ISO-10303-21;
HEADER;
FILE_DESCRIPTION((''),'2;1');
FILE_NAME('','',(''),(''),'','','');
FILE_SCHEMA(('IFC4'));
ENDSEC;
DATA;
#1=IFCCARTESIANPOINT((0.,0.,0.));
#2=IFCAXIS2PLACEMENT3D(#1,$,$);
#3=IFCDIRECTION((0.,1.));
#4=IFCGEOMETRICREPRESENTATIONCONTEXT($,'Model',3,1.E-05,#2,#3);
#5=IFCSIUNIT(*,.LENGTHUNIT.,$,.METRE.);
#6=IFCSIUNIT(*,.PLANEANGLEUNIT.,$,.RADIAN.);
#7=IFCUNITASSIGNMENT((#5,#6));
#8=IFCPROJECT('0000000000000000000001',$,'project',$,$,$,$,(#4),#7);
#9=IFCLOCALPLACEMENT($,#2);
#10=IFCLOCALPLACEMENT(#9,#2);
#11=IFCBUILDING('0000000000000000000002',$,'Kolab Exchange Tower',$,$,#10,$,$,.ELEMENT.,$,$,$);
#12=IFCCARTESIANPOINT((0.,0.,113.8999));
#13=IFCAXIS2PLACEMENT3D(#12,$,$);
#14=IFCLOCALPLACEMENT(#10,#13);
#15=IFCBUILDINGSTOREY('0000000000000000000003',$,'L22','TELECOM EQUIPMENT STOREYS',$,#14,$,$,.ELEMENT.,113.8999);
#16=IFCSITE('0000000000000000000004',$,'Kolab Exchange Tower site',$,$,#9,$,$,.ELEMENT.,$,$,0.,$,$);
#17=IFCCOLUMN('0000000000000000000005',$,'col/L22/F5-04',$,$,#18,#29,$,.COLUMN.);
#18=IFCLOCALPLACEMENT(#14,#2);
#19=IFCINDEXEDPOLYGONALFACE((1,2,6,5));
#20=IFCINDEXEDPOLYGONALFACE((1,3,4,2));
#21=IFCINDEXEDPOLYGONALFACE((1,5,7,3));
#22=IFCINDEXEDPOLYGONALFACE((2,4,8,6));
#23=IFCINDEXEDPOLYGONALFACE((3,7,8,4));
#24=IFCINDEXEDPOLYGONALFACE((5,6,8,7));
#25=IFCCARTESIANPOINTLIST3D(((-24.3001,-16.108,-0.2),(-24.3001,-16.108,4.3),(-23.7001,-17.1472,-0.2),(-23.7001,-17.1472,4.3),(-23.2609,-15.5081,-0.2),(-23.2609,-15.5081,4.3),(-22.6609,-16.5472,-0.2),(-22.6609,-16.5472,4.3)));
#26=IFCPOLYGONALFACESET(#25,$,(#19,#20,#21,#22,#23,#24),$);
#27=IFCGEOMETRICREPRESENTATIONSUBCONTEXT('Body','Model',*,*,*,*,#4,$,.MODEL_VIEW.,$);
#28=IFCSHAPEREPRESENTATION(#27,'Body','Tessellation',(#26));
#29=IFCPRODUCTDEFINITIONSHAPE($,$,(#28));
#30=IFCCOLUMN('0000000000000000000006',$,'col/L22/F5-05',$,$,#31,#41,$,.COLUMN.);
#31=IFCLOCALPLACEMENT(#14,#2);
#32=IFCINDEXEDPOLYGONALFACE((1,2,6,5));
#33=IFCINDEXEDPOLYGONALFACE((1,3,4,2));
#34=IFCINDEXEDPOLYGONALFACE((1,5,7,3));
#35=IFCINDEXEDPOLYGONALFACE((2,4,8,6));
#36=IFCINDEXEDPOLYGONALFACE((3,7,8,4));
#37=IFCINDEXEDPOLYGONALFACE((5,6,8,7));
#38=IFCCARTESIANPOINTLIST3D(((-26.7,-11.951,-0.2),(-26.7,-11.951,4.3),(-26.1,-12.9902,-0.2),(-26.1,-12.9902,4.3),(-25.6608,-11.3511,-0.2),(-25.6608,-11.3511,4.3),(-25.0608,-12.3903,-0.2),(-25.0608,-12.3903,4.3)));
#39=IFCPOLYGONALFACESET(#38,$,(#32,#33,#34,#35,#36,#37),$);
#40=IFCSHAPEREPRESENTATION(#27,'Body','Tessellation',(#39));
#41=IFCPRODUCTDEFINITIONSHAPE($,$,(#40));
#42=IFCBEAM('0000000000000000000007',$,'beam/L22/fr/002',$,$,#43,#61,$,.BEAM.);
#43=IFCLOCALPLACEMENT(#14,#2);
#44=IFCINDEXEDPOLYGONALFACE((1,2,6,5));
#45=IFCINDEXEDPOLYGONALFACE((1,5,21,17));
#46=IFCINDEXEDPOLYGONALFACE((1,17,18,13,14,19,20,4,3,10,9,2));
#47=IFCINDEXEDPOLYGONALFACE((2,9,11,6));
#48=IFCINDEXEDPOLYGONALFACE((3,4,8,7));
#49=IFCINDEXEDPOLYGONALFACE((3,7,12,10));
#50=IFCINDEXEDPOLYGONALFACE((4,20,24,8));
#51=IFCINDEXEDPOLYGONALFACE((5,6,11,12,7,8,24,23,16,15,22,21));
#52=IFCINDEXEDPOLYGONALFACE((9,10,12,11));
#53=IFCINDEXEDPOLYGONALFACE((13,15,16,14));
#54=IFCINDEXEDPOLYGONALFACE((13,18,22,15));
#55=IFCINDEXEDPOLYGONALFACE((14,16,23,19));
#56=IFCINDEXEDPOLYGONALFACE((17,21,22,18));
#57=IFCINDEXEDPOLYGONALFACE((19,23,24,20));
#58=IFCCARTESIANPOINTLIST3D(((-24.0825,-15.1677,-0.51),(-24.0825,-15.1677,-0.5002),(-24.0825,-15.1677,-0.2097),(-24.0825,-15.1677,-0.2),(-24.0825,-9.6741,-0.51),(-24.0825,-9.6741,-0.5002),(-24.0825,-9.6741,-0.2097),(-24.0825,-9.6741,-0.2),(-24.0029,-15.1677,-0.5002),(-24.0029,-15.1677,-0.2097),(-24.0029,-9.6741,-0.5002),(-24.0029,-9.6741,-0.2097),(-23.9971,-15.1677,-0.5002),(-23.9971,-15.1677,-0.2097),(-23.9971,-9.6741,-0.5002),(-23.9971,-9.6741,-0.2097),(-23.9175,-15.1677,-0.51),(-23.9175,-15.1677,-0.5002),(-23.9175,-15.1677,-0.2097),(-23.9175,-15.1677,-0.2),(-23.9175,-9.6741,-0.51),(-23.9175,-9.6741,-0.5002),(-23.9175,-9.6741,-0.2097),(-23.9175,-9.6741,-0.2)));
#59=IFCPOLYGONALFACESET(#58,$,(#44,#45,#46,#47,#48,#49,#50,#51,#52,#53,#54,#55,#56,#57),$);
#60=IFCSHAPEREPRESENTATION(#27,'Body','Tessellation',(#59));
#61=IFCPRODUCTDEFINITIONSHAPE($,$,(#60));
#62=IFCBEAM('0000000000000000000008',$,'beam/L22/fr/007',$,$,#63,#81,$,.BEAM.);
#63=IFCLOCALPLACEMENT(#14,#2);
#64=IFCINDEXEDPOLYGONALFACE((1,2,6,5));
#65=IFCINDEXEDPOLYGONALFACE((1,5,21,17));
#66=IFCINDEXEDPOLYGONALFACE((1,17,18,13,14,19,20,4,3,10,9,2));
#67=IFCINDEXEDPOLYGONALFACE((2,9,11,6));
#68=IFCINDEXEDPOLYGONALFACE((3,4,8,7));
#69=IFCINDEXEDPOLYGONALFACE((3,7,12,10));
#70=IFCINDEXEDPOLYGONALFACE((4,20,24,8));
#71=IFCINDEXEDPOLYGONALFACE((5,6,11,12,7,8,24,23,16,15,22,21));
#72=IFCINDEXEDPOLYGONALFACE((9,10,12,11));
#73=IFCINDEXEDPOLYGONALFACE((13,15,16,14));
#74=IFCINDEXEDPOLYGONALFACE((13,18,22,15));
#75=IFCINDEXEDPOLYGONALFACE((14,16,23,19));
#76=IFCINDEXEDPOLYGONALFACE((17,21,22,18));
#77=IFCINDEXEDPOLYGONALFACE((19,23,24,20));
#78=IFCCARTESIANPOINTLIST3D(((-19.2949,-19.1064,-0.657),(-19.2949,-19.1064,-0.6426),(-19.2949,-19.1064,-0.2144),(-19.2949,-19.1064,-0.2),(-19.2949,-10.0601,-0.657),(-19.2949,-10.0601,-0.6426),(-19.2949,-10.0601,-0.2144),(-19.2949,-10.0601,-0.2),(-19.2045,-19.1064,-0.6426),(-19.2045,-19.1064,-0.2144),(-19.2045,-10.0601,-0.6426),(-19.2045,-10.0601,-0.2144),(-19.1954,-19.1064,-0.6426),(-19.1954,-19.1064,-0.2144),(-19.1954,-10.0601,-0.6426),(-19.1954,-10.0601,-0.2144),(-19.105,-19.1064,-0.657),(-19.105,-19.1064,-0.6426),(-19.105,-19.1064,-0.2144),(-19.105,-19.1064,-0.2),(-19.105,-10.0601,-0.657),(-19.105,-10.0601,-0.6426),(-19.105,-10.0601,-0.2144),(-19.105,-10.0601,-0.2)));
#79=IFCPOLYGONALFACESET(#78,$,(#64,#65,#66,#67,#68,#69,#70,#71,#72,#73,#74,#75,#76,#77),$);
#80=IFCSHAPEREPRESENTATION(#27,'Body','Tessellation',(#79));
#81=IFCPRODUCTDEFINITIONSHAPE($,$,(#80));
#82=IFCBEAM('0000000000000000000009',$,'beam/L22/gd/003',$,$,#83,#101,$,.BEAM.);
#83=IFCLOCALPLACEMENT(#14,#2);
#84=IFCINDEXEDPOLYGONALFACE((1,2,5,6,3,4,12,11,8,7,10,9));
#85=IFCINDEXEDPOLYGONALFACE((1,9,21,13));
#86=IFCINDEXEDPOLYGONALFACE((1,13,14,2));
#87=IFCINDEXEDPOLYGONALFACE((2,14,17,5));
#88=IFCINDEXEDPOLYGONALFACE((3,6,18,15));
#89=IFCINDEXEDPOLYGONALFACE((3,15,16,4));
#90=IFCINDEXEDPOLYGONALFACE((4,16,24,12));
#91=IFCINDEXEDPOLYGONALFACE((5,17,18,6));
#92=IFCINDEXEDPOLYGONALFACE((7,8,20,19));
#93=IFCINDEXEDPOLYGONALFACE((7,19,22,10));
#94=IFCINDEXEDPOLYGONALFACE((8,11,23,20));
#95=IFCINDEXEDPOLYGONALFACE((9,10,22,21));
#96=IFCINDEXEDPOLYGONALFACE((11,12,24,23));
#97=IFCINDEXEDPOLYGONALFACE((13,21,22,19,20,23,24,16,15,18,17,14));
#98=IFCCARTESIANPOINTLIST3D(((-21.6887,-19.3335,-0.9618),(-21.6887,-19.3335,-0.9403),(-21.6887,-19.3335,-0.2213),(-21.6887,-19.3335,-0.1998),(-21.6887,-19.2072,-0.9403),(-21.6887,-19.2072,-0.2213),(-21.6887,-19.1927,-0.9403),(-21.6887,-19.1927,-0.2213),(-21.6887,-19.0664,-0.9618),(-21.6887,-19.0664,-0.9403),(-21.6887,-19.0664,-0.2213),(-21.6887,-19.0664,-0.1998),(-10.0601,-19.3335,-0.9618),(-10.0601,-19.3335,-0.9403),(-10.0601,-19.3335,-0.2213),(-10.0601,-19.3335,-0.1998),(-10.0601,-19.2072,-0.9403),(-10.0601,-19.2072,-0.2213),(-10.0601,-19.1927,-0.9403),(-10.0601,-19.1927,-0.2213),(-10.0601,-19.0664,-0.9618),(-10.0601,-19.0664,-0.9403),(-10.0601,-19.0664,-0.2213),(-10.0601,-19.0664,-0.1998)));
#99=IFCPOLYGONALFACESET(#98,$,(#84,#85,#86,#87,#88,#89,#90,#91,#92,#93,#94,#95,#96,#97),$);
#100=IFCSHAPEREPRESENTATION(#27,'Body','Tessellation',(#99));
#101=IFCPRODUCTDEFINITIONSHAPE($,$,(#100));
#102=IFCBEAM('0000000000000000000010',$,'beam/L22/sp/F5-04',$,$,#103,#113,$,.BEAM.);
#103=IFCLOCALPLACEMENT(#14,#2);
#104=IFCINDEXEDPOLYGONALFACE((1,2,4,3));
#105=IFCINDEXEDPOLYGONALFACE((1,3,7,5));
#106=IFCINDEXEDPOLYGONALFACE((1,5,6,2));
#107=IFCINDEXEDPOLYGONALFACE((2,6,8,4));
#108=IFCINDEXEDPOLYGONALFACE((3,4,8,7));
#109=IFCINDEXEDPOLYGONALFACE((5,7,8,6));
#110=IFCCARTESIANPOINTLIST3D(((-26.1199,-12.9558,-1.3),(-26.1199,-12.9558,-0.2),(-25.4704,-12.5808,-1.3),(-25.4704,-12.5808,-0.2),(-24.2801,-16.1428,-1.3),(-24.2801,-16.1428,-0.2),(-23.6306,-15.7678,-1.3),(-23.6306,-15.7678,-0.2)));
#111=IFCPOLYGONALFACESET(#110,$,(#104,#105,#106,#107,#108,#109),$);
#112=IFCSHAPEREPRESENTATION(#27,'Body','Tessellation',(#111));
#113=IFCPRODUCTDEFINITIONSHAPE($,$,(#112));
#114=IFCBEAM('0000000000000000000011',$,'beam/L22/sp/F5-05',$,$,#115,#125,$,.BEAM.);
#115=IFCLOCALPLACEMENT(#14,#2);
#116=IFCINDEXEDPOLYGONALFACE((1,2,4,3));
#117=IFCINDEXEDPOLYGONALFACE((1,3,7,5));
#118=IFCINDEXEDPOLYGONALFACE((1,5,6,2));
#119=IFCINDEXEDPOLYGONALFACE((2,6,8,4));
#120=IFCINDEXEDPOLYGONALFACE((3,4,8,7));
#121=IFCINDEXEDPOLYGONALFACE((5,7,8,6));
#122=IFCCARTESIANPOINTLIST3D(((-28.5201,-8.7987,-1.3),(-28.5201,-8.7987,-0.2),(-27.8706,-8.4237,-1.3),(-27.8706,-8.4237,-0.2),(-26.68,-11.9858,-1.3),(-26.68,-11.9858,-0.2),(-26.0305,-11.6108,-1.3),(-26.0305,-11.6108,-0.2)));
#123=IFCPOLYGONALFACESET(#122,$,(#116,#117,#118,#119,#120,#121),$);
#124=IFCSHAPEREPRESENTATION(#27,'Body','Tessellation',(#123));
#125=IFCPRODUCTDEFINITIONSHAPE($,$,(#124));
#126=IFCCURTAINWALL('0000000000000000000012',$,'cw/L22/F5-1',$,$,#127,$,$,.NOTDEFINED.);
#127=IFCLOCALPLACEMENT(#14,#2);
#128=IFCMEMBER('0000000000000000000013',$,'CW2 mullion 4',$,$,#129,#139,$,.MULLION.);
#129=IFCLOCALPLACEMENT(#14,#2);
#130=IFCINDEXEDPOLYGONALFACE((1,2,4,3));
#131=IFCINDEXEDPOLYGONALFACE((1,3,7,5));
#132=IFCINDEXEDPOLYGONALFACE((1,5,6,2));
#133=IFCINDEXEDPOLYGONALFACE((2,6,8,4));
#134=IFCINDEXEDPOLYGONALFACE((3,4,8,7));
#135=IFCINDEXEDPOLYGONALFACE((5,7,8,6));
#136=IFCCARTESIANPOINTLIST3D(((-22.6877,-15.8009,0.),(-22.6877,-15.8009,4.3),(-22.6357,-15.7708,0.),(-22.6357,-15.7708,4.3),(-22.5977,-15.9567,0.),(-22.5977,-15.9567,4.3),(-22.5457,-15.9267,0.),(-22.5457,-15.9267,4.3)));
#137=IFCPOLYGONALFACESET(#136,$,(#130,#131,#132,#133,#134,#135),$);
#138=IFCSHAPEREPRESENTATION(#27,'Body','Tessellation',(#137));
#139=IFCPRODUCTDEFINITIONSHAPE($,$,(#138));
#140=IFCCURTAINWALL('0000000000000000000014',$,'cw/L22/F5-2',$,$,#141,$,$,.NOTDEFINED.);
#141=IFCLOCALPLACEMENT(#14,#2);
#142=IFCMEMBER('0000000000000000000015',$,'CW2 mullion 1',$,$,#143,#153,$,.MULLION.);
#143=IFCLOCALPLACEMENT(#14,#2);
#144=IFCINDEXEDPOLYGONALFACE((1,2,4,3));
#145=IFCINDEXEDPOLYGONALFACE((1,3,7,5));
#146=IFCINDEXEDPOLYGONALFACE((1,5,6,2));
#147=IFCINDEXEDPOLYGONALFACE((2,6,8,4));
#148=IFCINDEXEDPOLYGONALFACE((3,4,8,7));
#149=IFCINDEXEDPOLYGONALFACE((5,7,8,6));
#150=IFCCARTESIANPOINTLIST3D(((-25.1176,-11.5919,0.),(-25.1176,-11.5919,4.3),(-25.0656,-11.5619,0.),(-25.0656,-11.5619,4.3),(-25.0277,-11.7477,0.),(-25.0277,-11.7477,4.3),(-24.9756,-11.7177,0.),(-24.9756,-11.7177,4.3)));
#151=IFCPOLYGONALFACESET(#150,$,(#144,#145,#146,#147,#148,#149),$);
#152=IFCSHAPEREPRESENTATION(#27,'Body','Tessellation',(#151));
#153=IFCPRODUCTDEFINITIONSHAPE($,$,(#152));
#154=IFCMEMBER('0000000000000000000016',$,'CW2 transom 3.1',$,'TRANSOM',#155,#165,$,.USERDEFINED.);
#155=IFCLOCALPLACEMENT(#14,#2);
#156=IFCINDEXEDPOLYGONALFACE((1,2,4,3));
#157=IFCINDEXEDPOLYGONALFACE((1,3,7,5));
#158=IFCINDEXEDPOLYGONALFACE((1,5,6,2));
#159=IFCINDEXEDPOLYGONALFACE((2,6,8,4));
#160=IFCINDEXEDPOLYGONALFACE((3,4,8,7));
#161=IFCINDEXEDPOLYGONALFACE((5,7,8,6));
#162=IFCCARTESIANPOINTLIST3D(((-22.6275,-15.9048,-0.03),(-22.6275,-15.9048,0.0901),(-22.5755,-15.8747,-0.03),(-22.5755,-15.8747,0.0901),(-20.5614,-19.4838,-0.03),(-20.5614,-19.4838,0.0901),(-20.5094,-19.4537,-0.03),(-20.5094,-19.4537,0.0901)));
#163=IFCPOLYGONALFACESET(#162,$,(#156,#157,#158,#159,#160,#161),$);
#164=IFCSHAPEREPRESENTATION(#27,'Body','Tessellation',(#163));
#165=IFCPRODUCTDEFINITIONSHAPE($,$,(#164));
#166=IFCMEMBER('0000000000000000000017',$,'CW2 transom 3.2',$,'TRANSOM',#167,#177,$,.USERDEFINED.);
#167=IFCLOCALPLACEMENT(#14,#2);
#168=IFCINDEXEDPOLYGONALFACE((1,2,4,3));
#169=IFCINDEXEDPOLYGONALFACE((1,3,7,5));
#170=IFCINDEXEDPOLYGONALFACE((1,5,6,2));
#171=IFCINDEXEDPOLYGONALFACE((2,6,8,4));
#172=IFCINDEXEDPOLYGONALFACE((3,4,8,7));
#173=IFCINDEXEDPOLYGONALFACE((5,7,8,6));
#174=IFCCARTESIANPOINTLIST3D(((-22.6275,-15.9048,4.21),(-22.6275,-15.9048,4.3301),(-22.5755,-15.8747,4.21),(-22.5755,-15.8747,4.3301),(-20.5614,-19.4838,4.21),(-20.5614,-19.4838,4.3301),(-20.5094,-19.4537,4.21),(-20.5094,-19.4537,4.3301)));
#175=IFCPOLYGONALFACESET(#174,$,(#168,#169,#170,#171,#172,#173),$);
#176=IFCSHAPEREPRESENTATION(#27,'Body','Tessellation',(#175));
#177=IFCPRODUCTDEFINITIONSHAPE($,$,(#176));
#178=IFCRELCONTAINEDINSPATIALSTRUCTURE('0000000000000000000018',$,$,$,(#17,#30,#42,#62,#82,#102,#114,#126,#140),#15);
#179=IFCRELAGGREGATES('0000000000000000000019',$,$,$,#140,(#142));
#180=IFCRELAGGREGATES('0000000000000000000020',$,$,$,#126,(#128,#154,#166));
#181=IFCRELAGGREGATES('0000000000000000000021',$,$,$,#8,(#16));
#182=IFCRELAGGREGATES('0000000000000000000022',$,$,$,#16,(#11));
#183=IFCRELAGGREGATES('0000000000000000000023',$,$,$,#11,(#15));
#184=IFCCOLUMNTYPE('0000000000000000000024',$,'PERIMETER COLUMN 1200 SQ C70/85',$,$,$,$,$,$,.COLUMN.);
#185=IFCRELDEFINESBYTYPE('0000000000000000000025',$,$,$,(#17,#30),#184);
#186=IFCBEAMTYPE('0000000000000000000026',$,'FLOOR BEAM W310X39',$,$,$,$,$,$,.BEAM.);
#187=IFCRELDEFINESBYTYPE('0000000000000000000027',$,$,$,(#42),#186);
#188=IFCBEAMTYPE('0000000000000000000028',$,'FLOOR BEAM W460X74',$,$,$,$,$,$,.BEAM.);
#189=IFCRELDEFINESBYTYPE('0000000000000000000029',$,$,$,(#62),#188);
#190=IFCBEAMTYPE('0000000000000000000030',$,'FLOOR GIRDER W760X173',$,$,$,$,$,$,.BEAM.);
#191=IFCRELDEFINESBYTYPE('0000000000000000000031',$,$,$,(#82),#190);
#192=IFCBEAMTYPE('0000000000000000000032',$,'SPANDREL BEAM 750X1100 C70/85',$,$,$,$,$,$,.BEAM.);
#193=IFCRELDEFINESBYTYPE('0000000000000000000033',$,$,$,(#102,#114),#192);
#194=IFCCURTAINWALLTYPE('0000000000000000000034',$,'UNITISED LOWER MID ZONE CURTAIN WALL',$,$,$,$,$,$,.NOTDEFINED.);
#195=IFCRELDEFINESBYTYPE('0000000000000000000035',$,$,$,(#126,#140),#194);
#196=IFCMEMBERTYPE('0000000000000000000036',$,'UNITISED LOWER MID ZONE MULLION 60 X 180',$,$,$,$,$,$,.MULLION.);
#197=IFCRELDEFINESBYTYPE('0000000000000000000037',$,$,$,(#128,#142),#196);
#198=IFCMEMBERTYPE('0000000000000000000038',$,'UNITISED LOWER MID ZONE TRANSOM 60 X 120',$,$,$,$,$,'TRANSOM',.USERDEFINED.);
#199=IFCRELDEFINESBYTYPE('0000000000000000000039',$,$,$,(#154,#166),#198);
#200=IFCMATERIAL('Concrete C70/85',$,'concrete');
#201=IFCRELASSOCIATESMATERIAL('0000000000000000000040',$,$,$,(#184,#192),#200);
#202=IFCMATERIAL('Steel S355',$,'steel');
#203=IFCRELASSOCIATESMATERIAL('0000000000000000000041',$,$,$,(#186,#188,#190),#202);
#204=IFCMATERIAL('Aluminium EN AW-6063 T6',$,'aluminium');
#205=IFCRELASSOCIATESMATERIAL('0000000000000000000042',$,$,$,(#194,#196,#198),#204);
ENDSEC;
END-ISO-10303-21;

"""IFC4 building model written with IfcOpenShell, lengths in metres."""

from ifc_helpers import new_model, si_unit, direction, frame, origin, origin_2d, place, context, subcontext, project, spatial, rectangle, i_section, extrude, material, material_profile, profile_set, type_object, element, aggregate, save


model = new_model("IFC4")

# Units and contexts
model_context = context("Model", 3, precision=1e-05, world=origin(), true_north=direction((0.0, 1.0)))
body_context = subcontext(model_context, "Body", "Model", "MODEL_VIEW")
ifc_project = project(units=[si_unit("LENGTHUNIT", "METRE"), si_unit("PLANEANGLEUNIT", "RADIAN")], contexts=[model_context])

# Site, building, storey
site_placement = place(None, origin())
site = spatial("IfcSite", under=ifc_project, at=site_placement, Name="Kolab Exchange Tower site", CompositionType="ELEMENT", RefElevation=0.0)
building_placement = place(site_placement, origin())
building = spatial("IfcBuilding", under=site, at=building_placement, Name="Kolab Exchange Tower", CompositionType="ELEMENT")
storey_placement = place(building_placement, frame((0.0, 0.0, 113.8999)))
storey = spatial("IfcBuildingStorey", under=building, at=storey_placement, Name="L22", Description="TELECOM EQUIPMENT STOREYS", CompositionType="ELEMENT", Elevation=113.8999)

# Columns
ifc_material_1 = material(Name="Concrete C70/85", Category="concrete")
ifc_material_profile_1 = material_profile(ifc_material_1, rectangle(XDim=1.2, YDim=1.2, at=origin_2d()), Name="RC1200")
ifc_profile_set_1 = profile_set([ifc_material_profile_1], Name="Concrete C70/85")
column_type = type_object("IfcColumnType", Name="PERIMETER COLUMN 1200 SQ C70/85", PredefinedType="COLUMN", material=ifc_profile_set_1)
for number, where, z_axis, x_axis, name in (
    (1, (-23.4805, -16.3276, -0.2), (0.0, 0.0, 1.0), (0.866025, 0.5, 0.0), "col/L22/F5-04"),
    (2, (-25.8804, -12.1707, -0.2), (0.0, 0.0, 1.0), (0.866025, 0.5, 0.0), "col/L22/F5-05"),
):
    element("IfcColumn", number, at=place(storey_placement, frame(where, z_axis=z_axis, x_axis=x_axis)), inside=storey, type_object=column_type, Name=name, PredefinedType="COLUMN", context=body_context, shape_type="SweptSolid", body=[
        extrude(rectangle(XDim=1.2, YDim=1.2, at=origin_2d()), origin(), (0.0, 0.0, 1.0), 4.5),
    ])

# Beams
ifc_material_2 = material(Name="Steel S355", Category="steel")
ifc_material_profile_2 = material_profile(ifc_material_2, i_section(OverallWidth=0.165, OverallDepth=0.3101, WebThickness=0.0059, FlangeThickness=0.0098, at=origin_2d()), Name="W310X39")
ifc_profile_set_2 = profile_set([ifc_material_profile_2], Name="Steel S355")
beam_type_1 = type_object("IfcBeamType", Name="FLOOR BEAM W310X39", PredefinedType="BEAM", material=ifc_profile_set_2)
beam_1_placement = place(storey_placement, frame((-24.0, -15.1677, -0.355), z_axis=(0.0, 1.0, 0.0), x_axis=(-1.0, 0.0, 0.0)))
element("IfcBeam", 3, at=beam_1_placement, inside=storey, type_object=beam_type_1, Name="beam/L22/fr/002", PredefinedType="BEAM", context=body_context, shape_type="SweptSolid", body=[
    extrude(i_section(OverallWidth=0.165, OverallDepth=0.3101, WebThickness=0.0059, FlangeThickness=0.0098, at=origin_2d()), origin(), (0.0, 0.0, 1.0), 5.4937),
])
ifc_material_profile_3 = material_profile(ifc_material_2, i_section(OverallWidth=0.1899, OverallDepth=0.457, WebThickness=0.009, FlangeThickness=0.0144, at=origin_2d()), Name="W460X74")
ifc_profile_set_3 = profile_set([ifc_material_profile_3], Name="Steel S355")
beam_type_2 = type_object("IfcBeamType", Name="FLOOR BEAM W460X74", PredefinedType="BEAM", material=ifc_profile_set_3)
beam_2_placement = place(storey_placement, frame((-19.2, -19.1064, -0.4285), z_axis=(0.0, 1.0, 0.0), x_axis=(-1.0, 0.0, 0.0)))
element("IfcBeam", 4, at=beam_2_placement, inside=storey, type_object=beam_type_2, Name="beam/L22/fr/007", PredefinedType="BEAM", context=body_context, shape_type="SweptSolid", body=[
    extrude(i_section(OverallWidth=0.1899, OverallDepth=0.457, WebThickness=0.009, FlangeThickness=0.0144, at=origin_2d()), origin(), (0.0, 0.0, 1.0), 9.0464),
])
ifc_material_profile_4 = material_profile(ifc_material_2, i_section(OverallWidth=0.2671, OverallDepth=0.762, WebThickness=0.0144, FlangeThickness=0.0215, at=origin_2d()), Name="W760X173")
ifc_profile_set_4 = profile_set([ifc_material_profile_4], Name="Steel S355")
beam_type_3 = type_object("IfcBeamType", Name="FLOOR GIRDER W760X173", PredefinedType="BEAM", material=ifc_profile_set_4)
beam_3_placement = place(storey_placement, frame((-21.6887, -19.2, -0.5808), z_axis=(1.0, 0.0, 0.0), x_axis=(0.0, 1.0, 0.0)))
element("IfcBeam", 5, at=beam_3_placement, inside=storey, type_object=beam_type_3, Name="beam/L22/gd/003", PredefinedType="BEAM", context=body_context, shape_type="SweptSolid", body=[
    extrude(i_section(OverallWidth=0.2671, OverallDepth=0.762, WebThickness=0.0144, FlangeThickness=0.0215, at=origin_2d()), origin(), (0.0, 0.0, 1.0), 11.6287),
])
ifc_material_profile_5 = material_profile(ifc_material_1, rectangle(XDim=0.75, YDim=1.1001, at=origin_2d()), Name="RC750X1100")
ifc_profile_set_5 = profile_set([ifc_material_profile_5], Name="Concrete C70/85")
beam_type_4 = type_object("IfcBeamType", Name="SPANDREL BEAM 750X1100 C70/85", PredefinedType="BEAM", material=ifc_profile_set_5)
beam_4_placement = place(storey_placement, frame((-23.9553, -15.9553, -0.75), z_axis=(-0.499964, 0.866046, 0.0), x_axis=(-0.866046, -0.499964, 0.0)))
element("IfcBeam", 6, at=beam_4_placement, inside=storey, type_object=beam_type_4, Name="beam/L22/sp/F5-04", PredefinedType="BEAM", context=body_context, shape_type="SweptSolid", body=[
    extrude(rectangle(XDim=0.75, YDim=1.1001, at=origin_2d()), origin(), (0.0, 0.0, 1.0), 3.6799),
])
beam_5_placement = place(storey_placement, frame((-26.3552, -11.7983, -0.75), z_axis=(-0.500013, 0.866018, 0.0), x_axis=(-0.866018, -0.500013, 0.0)))
element("IfcBeam", 7, at=beam_5_placement, inside=storey, type_object=beam_type_4, Name="beam/L22/sp/F5-05", PredefinedType="BEAM", context=body_context, shape_type="SweptSolid", body=[
    extrude(rectangle(XDim=0.75, YDim=1.1001, at=origin_2d()), origin(), (0.0, 0.0, 1.0), 3.6802),
])

# Curtain walls, members
ifc_material_3 = material(Name="Aluminium EN AW-6063 T6", Category="aluminium")
curtain_wall_type = type_object("IfcCurtainWallType", Name="UNITISED LOWER MID ZONE CURTAIN WALL", PredefinedType="NOTDEFINED", material=ifc_material_3)
curtain_wall_1_placement = place(storey_placement, origin())
curtain_wall_1 = element("IfcCurtainWall", 8, at=curtain_wall_1_placement, inside=storey, type_object=curtain_wall_type, Name="cw/L22/F5-1", PredefinedType="NOTDEFINED")
ifc_material_profile_6 = material_profile(ifc_material_3, rectangle(XDim=0.0601, YDim=0.1799, at=origin_2d()), Name="RECT 60X180")
ifc_profile_set_6 = profile_set([ifc_material_profile_6], Name="Aluminium EN AW-6063 T6")
member_type_1 = type_object("IfcMemberType", Name="UNITISED LOWER MID ZONE MULLION 60 X 180", PredefinedType="MULLION", material=ifc_profile_set_6)
member_1_placement = place(storey_placement, frame((-22.6167, -15.8638, 0.0), z_axis=(0.0, 0.0, 1.0), x_axis=(-0.866025, -0.5, 0.0)))
member_1 = element("IfcMember", 9, at=member_1_placement, type_object=member_type_1, Name="CW2 mullion 4", PredefinedType="MULLION", context=body_context, shape_type="SweptSolid", body=[
    extrude(rectangle(XDim=0.0601, YDim=0.1799, at=origin_2d()), origin(), (0.0, 0.0, 1.0), 4.3),
])
curtain_wall_2_placement = place(storey_placement, origin())
curtain_wall_2 = element("IfcCurtainWall", 10, at=curtain_wall_2_placement, inside=storey, type_object=curtain_wall_type, Name="cw/L22/F5-2", PredefinedType="NOTDEFINED")
member_2_placement = place(storey_placement, frame((-25.0466, -11.6548, 0.0), z_axis=(0.0, 0.0, 1.0), x_axis=(-0.866025, -0.5, 0.0)))
member_2 = element("IfcMember", 11, at=member_2_placement, type_object=member_type_1, Name="CW2 mullion 1", PredefinedType="MULLION", context=body_context, shape_type="SweptSolid", body=[
    extrude(rectangle(XDim=0.0601, YDim=0.1799, at=origin_2d()), origin(), (0.0, 0.0, 1.0), 4.3),
])

# Members
ifc_material_profile_7 = material_profile(ifc_material_3, rectangle(XDim=0.0601, YDim=0.1201, at=origin_2d()), Name="RECT 60X120")
ifc_profile_set_7 = profile_set([ifc_material_profile_7], Name="Aluminium EN AW-6063 T6")
member_type_2 = type_object("IfcMemberType", Name="UNITISED LOWER MID ZONE TRANSOM 60 X 120", ElementType="TRANSOM", PredefinedType="USERDEFINED", material=ifc_profile_set_7)
member_3_placement = place(storey_placement, frame((-20.5354, -19.4688, 0.03), z_axis=(-0.499958, 0.86605, 0.0), x_axis=(-0.86605, -0.499958, 0.0)))
member_3 = element("IfcMember", 12, at=member_3_placement, type_object=member_type_2, Name="CW2 transom 3.1", ObjectType="TRANSOM", PredefinedType="USERDEFINED", context=body_context, shape_type="SweptSolid", body=[
    extrude(rectangle(XDim=0.0601, YDim=0.1201, at=origin_2d()), origin(), (0.0, 0.0, 1.0), 4.1326),
])
member_4_placement = place(storey_placement, frame((-20.5354, -19.4688, 4.27), z_axis=(-0.499958, 0.86605, 0.0), x_axis=(-0.86605, -0.499958, 0.0)))
member_4 = element("IfcMember", 13, at=member_4_placement, type_object=member_type_2, Name="CW2 transom 3.2", ObjectType="TRANSOM", PredefinedType="USERDEFINED", context=body_context, shape_type="SweptSolid", body=[
    extrude(rectangle(XDim=0.0601, YDim=0.1201, at=origin_2d()), origin(), (0.0, 0.0, 1.0), 4.1326),
])
aggregate(curtain_wall_2, [member_2])

aggregate(curtain_wall_1, [member_1, member_3, member_4])

save(model, "model.ifc")
